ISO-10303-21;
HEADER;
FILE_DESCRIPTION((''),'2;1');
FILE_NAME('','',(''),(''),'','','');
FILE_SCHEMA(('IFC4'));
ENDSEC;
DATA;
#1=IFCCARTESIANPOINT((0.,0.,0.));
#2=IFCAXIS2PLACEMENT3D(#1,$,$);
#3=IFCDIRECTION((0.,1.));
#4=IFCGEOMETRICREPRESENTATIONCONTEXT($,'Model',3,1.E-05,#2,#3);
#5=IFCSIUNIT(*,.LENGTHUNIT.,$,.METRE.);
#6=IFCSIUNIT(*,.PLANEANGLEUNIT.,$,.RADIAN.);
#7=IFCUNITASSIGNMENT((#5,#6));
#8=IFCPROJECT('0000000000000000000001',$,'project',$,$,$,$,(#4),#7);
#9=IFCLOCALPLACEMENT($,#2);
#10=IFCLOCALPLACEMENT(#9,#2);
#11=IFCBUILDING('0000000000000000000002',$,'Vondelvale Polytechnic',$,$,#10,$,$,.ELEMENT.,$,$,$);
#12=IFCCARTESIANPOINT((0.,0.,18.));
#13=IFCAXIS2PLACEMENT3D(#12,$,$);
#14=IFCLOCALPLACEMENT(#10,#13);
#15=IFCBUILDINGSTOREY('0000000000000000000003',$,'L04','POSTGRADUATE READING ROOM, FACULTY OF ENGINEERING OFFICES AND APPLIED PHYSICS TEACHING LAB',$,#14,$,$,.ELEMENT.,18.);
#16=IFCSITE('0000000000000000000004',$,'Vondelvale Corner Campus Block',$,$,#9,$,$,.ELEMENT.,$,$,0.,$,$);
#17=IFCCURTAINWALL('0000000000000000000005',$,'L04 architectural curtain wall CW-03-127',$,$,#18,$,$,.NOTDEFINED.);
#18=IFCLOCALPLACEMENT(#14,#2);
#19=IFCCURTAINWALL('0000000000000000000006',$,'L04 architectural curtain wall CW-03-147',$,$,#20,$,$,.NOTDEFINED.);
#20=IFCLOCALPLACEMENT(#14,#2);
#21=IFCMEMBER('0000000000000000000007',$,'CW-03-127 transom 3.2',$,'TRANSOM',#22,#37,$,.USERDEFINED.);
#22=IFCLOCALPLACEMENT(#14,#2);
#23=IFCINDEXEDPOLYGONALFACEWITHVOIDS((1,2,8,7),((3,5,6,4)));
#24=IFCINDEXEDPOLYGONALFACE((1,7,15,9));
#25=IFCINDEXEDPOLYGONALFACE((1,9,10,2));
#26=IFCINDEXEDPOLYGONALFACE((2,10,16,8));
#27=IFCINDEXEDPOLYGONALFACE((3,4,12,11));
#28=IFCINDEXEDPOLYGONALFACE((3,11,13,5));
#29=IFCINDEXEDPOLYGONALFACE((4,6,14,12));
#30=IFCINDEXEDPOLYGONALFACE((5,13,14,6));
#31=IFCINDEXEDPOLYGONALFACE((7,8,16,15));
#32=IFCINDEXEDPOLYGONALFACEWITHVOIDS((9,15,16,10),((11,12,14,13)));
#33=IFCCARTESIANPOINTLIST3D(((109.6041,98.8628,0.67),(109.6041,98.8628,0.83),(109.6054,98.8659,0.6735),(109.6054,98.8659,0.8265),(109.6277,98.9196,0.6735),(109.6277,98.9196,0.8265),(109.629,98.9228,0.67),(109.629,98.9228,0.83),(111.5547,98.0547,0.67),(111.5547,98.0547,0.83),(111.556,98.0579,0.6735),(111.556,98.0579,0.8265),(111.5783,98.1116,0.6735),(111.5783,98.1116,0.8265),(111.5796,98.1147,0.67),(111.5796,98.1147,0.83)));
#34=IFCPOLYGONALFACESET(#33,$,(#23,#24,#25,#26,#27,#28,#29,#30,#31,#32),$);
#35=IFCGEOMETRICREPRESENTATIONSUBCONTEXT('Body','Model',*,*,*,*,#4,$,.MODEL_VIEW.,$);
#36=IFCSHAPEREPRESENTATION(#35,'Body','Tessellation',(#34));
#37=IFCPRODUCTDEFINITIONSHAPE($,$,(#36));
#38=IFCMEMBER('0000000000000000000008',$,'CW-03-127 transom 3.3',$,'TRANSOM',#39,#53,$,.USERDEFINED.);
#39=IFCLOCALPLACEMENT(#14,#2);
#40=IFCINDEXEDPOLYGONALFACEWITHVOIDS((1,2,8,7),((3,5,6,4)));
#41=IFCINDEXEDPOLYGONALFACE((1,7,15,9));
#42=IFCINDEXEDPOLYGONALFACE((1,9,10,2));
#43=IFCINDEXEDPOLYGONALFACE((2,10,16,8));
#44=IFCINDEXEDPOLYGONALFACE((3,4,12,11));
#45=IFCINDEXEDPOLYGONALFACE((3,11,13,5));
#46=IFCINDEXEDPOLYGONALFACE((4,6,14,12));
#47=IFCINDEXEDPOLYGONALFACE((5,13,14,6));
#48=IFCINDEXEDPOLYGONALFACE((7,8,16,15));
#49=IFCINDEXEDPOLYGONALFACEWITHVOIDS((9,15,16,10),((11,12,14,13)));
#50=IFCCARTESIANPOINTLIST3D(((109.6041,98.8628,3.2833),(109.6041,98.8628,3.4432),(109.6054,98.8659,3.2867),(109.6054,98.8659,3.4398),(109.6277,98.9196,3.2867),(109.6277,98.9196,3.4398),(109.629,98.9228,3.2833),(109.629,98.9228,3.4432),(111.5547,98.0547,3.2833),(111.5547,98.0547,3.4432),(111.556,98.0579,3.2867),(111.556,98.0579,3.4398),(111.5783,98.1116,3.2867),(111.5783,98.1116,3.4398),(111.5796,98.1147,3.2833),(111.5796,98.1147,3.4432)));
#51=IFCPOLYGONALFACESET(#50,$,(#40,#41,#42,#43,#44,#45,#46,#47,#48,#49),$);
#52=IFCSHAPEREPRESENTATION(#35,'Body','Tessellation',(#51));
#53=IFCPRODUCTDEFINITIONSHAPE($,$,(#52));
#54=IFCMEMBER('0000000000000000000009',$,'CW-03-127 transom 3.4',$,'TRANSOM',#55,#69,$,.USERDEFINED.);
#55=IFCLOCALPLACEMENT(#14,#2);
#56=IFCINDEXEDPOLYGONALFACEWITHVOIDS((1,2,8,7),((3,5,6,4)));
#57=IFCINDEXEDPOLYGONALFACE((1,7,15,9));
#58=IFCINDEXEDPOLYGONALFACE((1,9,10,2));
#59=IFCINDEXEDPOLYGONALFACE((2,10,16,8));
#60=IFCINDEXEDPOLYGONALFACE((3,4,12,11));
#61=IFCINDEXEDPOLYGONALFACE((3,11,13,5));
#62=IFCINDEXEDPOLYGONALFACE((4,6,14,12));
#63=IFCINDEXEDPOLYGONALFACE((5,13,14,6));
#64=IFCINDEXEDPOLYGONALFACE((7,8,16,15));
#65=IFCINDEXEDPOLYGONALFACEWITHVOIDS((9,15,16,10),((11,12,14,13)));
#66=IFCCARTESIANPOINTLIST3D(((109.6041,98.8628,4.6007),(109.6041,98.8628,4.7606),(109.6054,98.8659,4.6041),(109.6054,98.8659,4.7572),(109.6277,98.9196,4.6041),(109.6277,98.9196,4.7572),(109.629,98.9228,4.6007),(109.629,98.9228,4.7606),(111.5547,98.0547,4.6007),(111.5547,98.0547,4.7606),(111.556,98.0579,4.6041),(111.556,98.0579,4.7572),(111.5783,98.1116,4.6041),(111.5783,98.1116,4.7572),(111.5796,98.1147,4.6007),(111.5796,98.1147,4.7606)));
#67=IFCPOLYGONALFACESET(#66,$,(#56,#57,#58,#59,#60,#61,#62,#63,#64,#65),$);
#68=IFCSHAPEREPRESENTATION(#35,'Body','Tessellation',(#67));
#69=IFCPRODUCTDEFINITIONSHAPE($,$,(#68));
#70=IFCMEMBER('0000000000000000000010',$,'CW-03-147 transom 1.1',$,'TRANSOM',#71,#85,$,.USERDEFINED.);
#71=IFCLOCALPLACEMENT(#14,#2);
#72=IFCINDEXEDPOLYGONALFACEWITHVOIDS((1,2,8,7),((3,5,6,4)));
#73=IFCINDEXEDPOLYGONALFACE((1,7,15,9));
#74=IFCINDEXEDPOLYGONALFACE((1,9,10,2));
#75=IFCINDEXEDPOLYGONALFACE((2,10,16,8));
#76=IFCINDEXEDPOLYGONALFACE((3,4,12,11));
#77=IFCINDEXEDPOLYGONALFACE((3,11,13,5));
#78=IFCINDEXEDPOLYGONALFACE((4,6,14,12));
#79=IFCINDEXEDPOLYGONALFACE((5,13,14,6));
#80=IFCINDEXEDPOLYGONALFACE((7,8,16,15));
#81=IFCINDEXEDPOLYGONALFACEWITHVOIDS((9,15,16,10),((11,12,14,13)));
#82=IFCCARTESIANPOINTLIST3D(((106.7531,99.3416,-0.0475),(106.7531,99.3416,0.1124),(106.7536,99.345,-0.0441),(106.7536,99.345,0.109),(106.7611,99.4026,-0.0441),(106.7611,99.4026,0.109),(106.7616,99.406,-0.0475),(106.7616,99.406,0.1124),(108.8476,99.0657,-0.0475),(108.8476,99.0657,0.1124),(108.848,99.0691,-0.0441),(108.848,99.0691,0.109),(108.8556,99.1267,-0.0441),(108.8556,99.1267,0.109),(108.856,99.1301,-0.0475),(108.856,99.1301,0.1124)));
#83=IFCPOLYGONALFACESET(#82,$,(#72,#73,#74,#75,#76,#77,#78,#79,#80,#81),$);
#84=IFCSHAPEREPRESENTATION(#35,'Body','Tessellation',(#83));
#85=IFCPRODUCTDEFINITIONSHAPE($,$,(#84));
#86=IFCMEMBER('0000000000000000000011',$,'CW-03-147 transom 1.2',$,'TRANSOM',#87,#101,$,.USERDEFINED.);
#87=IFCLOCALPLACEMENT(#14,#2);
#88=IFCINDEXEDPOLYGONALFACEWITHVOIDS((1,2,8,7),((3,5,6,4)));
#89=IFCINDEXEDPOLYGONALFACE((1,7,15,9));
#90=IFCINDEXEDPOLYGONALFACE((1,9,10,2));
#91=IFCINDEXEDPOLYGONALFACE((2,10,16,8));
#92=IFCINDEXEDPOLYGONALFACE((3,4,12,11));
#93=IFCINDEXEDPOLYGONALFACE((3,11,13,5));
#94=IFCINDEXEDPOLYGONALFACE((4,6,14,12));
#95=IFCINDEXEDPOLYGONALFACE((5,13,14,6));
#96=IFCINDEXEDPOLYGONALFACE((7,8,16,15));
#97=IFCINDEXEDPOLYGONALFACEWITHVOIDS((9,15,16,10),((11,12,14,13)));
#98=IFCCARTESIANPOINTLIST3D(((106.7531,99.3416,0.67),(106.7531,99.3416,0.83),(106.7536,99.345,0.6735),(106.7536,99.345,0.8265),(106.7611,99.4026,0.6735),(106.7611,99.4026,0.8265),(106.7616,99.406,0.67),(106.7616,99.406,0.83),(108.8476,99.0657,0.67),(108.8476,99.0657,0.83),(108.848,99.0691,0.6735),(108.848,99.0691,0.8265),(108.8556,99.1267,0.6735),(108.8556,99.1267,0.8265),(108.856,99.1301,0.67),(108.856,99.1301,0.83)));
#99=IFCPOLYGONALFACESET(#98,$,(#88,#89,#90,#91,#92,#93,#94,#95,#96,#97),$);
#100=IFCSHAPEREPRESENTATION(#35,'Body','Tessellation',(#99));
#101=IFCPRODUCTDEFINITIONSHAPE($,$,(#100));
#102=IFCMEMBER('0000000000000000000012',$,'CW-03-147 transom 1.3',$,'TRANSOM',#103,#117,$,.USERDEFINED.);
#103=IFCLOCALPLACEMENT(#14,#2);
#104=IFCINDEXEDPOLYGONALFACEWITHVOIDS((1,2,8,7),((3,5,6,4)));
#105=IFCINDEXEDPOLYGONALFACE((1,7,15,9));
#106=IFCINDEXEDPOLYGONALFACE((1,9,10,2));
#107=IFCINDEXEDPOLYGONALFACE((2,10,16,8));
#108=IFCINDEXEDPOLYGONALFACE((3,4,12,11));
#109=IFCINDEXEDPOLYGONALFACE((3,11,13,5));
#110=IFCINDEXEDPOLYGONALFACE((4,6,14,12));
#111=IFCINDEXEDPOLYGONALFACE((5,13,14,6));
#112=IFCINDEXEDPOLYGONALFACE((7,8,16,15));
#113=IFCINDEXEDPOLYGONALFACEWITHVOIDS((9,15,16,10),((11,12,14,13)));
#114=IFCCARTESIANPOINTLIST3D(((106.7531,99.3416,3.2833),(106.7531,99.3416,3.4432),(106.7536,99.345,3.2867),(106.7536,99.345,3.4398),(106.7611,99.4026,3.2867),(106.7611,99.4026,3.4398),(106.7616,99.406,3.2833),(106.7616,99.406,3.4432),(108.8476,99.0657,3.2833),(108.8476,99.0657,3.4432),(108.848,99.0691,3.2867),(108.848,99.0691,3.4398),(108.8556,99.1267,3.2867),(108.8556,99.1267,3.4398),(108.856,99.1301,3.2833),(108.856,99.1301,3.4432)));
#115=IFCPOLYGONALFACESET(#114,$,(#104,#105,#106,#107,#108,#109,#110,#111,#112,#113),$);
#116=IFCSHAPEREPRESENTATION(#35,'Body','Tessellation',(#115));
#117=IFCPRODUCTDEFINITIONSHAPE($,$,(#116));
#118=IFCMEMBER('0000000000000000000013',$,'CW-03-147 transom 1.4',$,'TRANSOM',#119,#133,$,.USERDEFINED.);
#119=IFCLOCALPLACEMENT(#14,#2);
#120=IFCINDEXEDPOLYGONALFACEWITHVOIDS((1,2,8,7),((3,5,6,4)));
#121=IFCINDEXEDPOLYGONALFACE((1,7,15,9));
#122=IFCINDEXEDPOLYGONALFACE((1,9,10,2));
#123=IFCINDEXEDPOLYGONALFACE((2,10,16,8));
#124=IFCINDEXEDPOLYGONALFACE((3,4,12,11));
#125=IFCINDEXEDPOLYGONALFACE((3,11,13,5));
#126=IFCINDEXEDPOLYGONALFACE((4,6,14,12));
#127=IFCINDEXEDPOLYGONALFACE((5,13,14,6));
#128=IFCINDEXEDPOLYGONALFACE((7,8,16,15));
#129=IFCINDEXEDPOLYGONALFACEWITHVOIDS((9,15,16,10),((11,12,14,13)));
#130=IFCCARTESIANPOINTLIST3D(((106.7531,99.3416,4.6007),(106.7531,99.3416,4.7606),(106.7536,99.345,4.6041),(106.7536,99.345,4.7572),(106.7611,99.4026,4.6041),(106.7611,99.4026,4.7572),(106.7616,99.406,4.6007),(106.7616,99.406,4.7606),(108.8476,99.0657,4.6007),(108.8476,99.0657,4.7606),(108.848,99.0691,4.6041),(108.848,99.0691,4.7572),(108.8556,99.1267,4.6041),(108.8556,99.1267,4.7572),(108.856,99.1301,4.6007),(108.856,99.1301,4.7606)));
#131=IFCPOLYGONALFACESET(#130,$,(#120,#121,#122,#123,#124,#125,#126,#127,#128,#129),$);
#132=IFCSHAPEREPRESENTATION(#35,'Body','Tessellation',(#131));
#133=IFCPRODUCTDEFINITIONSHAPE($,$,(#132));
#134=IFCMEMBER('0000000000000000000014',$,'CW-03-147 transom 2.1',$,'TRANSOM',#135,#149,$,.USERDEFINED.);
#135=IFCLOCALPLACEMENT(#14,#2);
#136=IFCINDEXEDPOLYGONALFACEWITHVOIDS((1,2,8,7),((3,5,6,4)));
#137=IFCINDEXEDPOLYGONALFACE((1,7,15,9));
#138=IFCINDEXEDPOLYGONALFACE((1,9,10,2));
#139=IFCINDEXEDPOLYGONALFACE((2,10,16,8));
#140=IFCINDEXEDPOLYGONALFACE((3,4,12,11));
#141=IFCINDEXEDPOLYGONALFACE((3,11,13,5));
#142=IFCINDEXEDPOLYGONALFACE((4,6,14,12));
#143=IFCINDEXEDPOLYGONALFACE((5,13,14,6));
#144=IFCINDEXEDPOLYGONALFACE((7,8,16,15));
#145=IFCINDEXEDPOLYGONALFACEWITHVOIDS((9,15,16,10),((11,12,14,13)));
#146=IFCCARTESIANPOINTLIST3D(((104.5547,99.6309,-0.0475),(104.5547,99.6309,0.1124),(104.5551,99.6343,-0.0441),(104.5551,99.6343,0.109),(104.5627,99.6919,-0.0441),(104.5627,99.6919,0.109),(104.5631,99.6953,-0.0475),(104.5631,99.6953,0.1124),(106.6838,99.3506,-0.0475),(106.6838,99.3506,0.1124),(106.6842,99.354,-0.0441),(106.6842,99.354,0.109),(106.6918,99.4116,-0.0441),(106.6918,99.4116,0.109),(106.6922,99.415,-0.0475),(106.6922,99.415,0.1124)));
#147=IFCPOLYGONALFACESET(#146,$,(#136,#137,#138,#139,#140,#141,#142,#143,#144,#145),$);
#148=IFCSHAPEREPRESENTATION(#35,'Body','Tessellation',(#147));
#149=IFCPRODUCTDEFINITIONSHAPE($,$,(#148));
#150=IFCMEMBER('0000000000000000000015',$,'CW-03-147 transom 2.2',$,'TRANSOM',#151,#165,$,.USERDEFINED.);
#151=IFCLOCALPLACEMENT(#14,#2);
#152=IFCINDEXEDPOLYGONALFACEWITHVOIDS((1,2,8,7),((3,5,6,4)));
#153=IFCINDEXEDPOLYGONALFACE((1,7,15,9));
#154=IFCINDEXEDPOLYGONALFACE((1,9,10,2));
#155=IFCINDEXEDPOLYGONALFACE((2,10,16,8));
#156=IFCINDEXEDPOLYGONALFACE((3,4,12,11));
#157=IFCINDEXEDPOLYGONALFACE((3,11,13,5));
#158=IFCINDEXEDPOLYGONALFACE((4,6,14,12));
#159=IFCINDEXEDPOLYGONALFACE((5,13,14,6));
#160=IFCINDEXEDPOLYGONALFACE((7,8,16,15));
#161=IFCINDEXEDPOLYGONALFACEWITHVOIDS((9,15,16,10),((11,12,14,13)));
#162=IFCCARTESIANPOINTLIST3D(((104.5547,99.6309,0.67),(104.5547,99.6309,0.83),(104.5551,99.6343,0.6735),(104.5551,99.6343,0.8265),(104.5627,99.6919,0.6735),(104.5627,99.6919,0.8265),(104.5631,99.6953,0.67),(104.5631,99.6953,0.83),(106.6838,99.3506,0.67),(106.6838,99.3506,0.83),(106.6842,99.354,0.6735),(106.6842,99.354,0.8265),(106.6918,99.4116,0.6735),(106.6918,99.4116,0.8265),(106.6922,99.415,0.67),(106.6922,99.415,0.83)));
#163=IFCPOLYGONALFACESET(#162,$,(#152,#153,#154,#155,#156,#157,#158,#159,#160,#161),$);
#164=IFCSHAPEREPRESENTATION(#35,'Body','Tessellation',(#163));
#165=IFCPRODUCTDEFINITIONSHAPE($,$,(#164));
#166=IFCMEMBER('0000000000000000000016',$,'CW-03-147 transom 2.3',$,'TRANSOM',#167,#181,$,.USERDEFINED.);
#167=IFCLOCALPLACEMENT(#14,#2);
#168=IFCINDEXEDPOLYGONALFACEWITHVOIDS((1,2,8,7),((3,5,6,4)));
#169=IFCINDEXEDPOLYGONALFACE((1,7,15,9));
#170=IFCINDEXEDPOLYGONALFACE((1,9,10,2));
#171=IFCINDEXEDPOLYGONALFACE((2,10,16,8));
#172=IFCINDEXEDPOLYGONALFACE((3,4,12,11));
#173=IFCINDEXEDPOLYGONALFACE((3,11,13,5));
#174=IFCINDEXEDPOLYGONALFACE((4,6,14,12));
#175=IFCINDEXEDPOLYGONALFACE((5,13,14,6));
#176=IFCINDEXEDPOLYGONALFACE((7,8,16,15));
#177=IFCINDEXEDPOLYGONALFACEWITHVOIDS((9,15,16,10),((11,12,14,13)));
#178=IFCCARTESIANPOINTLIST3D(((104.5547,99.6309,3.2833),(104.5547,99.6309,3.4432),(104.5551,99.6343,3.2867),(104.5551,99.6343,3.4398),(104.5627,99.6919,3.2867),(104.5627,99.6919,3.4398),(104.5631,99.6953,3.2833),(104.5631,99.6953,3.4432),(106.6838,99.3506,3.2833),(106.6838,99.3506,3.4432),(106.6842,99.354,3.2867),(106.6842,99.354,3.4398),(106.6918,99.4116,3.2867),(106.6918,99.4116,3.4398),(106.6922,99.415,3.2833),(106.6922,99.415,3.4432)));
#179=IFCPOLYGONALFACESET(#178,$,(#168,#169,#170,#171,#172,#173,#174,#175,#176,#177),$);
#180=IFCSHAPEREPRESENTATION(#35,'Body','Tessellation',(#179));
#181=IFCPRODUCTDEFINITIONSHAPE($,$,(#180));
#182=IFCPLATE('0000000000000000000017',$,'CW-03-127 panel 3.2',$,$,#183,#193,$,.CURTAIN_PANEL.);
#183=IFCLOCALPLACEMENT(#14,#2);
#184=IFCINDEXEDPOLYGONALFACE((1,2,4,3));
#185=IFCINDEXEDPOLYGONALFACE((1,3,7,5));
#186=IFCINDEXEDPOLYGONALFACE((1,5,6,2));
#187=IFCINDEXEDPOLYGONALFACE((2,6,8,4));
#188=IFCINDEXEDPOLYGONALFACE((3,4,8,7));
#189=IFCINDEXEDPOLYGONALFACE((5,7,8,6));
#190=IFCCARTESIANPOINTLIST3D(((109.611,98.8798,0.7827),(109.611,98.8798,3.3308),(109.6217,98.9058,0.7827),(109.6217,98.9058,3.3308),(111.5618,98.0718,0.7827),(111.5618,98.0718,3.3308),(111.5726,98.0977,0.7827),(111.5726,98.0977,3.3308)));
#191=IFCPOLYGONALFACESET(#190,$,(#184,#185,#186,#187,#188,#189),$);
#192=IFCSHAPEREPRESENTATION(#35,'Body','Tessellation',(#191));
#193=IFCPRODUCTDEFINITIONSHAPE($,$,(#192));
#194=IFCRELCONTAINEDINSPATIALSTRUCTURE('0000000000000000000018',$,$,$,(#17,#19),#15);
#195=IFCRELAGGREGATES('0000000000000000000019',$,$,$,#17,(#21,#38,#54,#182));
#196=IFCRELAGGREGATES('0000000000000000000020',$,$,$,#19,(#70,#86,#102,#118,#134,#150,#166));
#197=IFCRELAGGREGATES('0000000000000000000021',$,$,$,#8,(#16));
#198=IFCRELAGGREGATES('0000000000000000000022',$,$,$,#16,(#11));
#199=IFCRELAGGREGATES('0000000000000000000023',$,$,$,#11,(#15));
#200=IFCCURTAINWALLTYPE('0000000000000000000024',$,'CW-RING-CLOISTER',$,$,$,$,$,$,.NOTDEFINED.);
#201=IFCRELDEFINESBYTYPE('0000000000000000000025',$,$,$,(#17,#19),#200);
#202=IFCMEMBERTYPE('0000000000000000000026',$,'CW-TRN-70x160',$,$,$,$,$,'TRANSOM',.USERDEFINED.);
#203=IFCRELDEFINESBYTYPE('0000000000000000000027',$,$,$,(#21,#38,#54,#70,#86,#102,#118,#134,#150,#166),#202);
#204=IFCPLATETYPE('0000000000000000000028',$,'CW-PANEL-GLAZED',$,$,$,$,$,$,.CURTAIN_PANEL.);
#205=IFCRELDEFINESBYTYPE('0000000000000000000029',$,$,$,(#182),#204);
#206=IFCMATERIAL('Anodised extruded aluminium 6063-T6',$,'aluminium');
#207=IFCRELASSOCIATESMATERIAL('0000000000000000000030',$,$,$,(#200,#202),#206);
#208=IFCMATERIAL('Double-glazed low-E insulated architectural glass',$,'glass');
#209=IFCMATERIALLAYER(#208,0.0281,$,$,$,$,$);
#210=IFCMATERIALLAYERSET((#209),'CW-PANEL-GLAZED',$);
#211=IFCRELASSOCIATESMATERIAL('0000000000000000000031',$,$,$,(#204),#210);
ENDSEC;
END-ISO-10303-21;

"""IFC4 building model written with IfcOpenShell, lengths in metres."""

from ifc_helpers import new_model, si_unit, direction, frame, origin, origin_2d, place, context, subcontext, project, spatial, rectangle, hollow_rectangle, extrude, material, layer, layer_set, material_profile, profile_set, type_object, element, aggregate, save


model = new_model("IFC4")

# Units and contexts
model_context = context("Model", 3, precision=1e-05, world=origin(), true_north=direction((0.0, 1.0)))
body_context = subcontext(model_context, "Body", "Model", "MODEL_VIEW")
ifc_project = project(units=[si_unit("LENGTHUNIT", "METRE"), si_unit("PLANEANGLEUNIT", "RADIAN")], contexts=[model_context])

# Site, building, storey
site_placement = place(None, origin())
site = spatial("IfcSite", under=ifc_project, at=site_placement, Name="Vondelvale Corner Campus Block", CompositionType="ELEMENT", RefElevation=0.0)
building_placement = place(site_placement, origin())
building = spatial("IfcBuilding", under=site, at=building_placement, Name="Vondelvale Polytechnic", CompositionType="ELEMENT")
storey_placement = place(building_placement, frame((0.0, 0.0, 18.0)))
storey = spatial("IfcBuildingStorey", under=building, at=storey_placement, Name="L04", Description="POSTGRADUATE READING ROOM, FACULTY OF ENGINEERING OFFICES AND APPLIED PHYSICS TEACHING LAB", CompositionType="ELEMENT", Elevation=18.0)

# Curtain walls
ifc_material_1 = material(Name="Anodised extruded aluminium 6063-T6", Category="aluminium")
curtain_wall_type = type_object("IfcCurtainWallType", Name="CW-RING-CLOISTER", PredefinedType="NOTDEFINED", material=ifc_material_1)
curtain_wall_1_placement = place(storey_placement, origin())
curtain_wall_1 = element("IfcCurtainWall", 1, at=curtain_wall_1_placement, inside=storey, type_object=curtain_wall_type, Name="L04 architectural curtain wall CW-03-127", PredefinedType="NOTDEFINED")
curtain_wall_2_placement = place(storey_placement, origin())
curtain_wall_2 = element("IfcCurtainWall", 2, at=curtain_wall_2_placement, inside=storey, type_object=curtain_wall_type, Name="L04 architectural curtain wall CW-03-147", PredefinedType="NOTDEFINED")

# Members
ifc_material_profile_1 = material_profile(ifc_material_1, hollow_rectangle(XDim=0.0649, YDim=0.1599, WallThickness=0.0034, at=origin_2d()), Name="CW-TRN-160x65")
ifc_profile_set_1 = profile_set([ifc_material_profile_1], Name="Anodised extruded aluminium 6063-T6")
member_type_1 = type_object("IfcMemberType", Name="CW-TRN-70x160", ElementType="TRANSOM", PredefinedType="USERDEFINED", material=ifc_profile_set_1)
member_1_placement = place(storey_placement, frame((111.5671, 98.0847, 0.75), z_axis=(-0.923862, 0.382726, 0.0), x_axis=(-0.382726, -0.923862, 0.0)))
member_1 = element("IfcMember", 3, at=member_1_placement, type_object=member_type_1, Name="CW-03-127 transom 3.2", ObjectType="TRANSOM", PredefinedType="USERDEFINED", context=body_context, shape_type="SweptSolid", body=[
    extrude(hollow_rectangle(XDim=0.0649, YDim=0.1599, WallThickness=0.0034, at=origin_2d()), origin(), (0.0, 0.0, 1.0), 2.1113),
])
member_2_placement = place(storey_placement, frame((111.5671, 98.0847, 3.3633), z_axis=(-0.923862, 0.382726, 0.0), x_axis=(-0.382726, -0.923862, 0.0)))
member_2 = element("IfcMember", 4, at=member_2_placement, type_object=member_type_1, Name="CW-03-127 transom 3.3", ObjectType="TRANSOM", PredefinedType="USERDEFINED", context=body_context, shape_type="SweptSolid", body=[
    extrude(hollow_rectangle(XDim=0.0649, YDim=0.1599, WallThickness=0.0034, at=origin_2d()), origin(), (0.0, 0.0, 1.0), 2.1113),
])
member_3_placement = place(storey_placement, frame((111.5671, 98.0847, 4.6807), z_axis=(-0.923862, 0.382726, 0.0), x_axis=(-0.382726, -0.923862, 0.0)))
member_3 = element("IfcMember", 5, at=member_3_placement, type_object=member_type_1, Name="CW-03-127 transom 3.4", ObjectType="TRANSOM", PredefinedType="USERDEFINED", context=body_context, shape_type="SweptSolid", body=[
    extrude(hollow_rectangle(XDim=0.0649, YDim=0.1599, WallThickness=0.0034, at=origin_2d()), origin(), (0.0, 0.0, 1.0), 2.1113),
])
member_4_placement = place(storey_placement, frame((108.8518, 99.0979, 0.0325), z_axis=(-0.991437, 0.130589, 0.0), x_axis=(-0.130589, -0.991437, 0.0)))
member_4 = element("IfcMember", 6, at=member_4_placement, type_object=member_type_1, Name="CW-03-147 transom 1.1", ObjectType="TRANSOM", PredefinedType="USERDEFINED", context=body_context, shape_type="SweptSolid", body=[
    extrude(hollow_rectangle(XDim=0.0649, YDim=0.1599, WallThickness=0.0034, at=origin_2d()), origin(), (0.0, 0.0, 1.0), 2.1125),
])
member_5_placement = place(storey_placement, frame((108.8518, 99.0979, 0.75), z_axis=(-0.991437, 0.130589, 0.0), x_axis=(-0.130589, -0.991437, 0.0)))
member_5 = element("IfcMember", 7, at=member_5_placement, type_object=member_type_1, Name="CW-03-147 transom 1.2", ObjectType="TRANSOM", PredefinedType="USERDEFINED", context=body_context, shape_type="SweptSolid", body=[
    extrude(hollow_rectangle(XDim=0.0649, YDim=0.1599, WallThickness=0.0034, at=origin_2d()), origin(), (0.0, 0.0, 1.0), 2.1125),
])
member_6_placement = place(storey_placement, frame((108.8518, 99.0979, 3.3633), z_axis=(-0.991437, 0.130589, 0.0), x_axis=(-0.130589, -0.991437, 0.0)))
member_6 = element("IfcMember", 8, at=member_6_placement, type_object=member_type_1, Name="CW-03-147 transom 1.3", ObjectType="TRANSOM", PredefinedType="USERDEFINED", context=body_context, shape_type="SweptSolid", body=[
    extrude(hollow_rectangle(XDim=0.0649, YDim=0.1599, WallThickness=0.0034, at=origin_2d()), origin(), (0.0, 0.0, 1.0), 2.1125),
])
member_7_placement = place(storey_placement, frame((108.8518, 99.0979, 4.6807), z_axis=(-0.991437, 0.130589, 0.0), x_axis=(-0.130589, -0.991437, 0.0)))
member_7 = element("IfcMember", 9, at=member_7_placement, type_object=member_type_1, Name="CW-03-147 transom 1.4", ObjectType="TRANSOM", PredefinedType="USERDEFINED", context=body_context, shape_type="SweptSolid", body=[
    extrude(hollow_rectangle(XDim=0.0649, YDim=0.1599, WallThickness=0.0034, at=origin_2d()), origin(), (0.0, 0.0, 1.0), 2.1125),
])
member_8_placement = place(storey_placement, frame((106.688, 99.3828, 0.0325), z_axis=(-0.991447, 0.13051, 0.0), x_axis=(-0.13051, -0.991447, 0.0)))
member_8 = element("IfcMember", 10, at=member_8_placement, type_object=member_type_1, Name="CW-03-147 transom 2.1", ObjectType="TRANSOM", PredefinedType="USERDEFINED", context=body_context, shape_type="SweptSolid", body=[
    extrude(hollow_rectangle(XDim=0.0649, YDim=0.1599, WallThickness=0.0034, at=origin_2d()), origin(), (0.0, 0.0, 1.0), 2.1475),
])
member_9_placement = place(storey_placement, frame((106.688, 99.3828, 0.75), z_axis=(-0.991447, 0.13051, 0.0), x_axis=(-0.13051, -0.991447, 0.0)))
member_9 = element("IfcMember", 11, at=member_9_placement, type_object=member_type_1, Name="CW-03-147 transom 2.2", ObjectType="TRANSOM", PredefinedType="USERDEFINED", context=body_context, shape_type="SweptSolid", body=[
    extrude(hollow_rectangle(XDim=0.0649, YDim=0.1599, WallThickness=0.0034, at=origin_2d()), origin(), (0.0, 0.0, 1.0), 2.1475),
])
member_10_placement = place(storey_placement, frame((106.688, 99.3828, 3.3633), z_axis=(-0.991447, 0.13051, 0.0), x_axis=(-0.13051, -0.991447, 0.0)))
member_10 = element("IfcMember", 12, at=member_10_placement, type_object=member_type_1, Name="CW-03-147 transom 2.3", ObjectType="TRANSOM", PredefinedType="USERDEFINED", context=body_context, shape_type="SweptSolid", body=[
    extrude(hollow_rectangle(XDim=0.0649, YDim=0.1599, WallThickness=0.0034, at=origin_2d()), origin(), (0.0, 0.0, 1.0), 2.1475),
])

# Plate
ifc_material_2 = material(Name="Double-glazed low-E insulated architectural glass", Category="glass")
ifc_layer_1 = layer(ifc_material_2, 0.0281)
ifc_layer_set_1 = layer_set([ifc_layer_1], Name="CW-PANEL-GLAZED")
plate_type_1 = type_object("IfcPlateType", Name="CW-PANEL-GLAZED", PredefinedType="CURTAIN_PANEL", material=ifc_layer_set_1)
plate_1_placement = place(storey_placement, frame((110.5918, 98.4888, 0.7827), z_axis=(0.0, 0.0, 1.0), x_axis=(-0.923882, 0.382679, 0.0)))
plate_1 = element("IfcPlate", 13, at=plate_1_placement, type_object=plate_type_1, Name="CW-03-127 panel 3.2", PredefinedType="CURTAIN_PANEL", context=body_context, shape_type="SweptSolid", body=[
    extrude(rectangle(XDim=2.1116, YDim=0.0281, at=origin_2d()), origin(), (0.0, 0.0, 1.0), 2.5481),
])
aggregate(curtain_wall_1, [member_1, member_2, member_3, plate_1])
aggregate(curtain_wall_2, [member_4, member_5, member_6, member_7, member_8, member_9, member_10])

save(model, "model.ifc")
